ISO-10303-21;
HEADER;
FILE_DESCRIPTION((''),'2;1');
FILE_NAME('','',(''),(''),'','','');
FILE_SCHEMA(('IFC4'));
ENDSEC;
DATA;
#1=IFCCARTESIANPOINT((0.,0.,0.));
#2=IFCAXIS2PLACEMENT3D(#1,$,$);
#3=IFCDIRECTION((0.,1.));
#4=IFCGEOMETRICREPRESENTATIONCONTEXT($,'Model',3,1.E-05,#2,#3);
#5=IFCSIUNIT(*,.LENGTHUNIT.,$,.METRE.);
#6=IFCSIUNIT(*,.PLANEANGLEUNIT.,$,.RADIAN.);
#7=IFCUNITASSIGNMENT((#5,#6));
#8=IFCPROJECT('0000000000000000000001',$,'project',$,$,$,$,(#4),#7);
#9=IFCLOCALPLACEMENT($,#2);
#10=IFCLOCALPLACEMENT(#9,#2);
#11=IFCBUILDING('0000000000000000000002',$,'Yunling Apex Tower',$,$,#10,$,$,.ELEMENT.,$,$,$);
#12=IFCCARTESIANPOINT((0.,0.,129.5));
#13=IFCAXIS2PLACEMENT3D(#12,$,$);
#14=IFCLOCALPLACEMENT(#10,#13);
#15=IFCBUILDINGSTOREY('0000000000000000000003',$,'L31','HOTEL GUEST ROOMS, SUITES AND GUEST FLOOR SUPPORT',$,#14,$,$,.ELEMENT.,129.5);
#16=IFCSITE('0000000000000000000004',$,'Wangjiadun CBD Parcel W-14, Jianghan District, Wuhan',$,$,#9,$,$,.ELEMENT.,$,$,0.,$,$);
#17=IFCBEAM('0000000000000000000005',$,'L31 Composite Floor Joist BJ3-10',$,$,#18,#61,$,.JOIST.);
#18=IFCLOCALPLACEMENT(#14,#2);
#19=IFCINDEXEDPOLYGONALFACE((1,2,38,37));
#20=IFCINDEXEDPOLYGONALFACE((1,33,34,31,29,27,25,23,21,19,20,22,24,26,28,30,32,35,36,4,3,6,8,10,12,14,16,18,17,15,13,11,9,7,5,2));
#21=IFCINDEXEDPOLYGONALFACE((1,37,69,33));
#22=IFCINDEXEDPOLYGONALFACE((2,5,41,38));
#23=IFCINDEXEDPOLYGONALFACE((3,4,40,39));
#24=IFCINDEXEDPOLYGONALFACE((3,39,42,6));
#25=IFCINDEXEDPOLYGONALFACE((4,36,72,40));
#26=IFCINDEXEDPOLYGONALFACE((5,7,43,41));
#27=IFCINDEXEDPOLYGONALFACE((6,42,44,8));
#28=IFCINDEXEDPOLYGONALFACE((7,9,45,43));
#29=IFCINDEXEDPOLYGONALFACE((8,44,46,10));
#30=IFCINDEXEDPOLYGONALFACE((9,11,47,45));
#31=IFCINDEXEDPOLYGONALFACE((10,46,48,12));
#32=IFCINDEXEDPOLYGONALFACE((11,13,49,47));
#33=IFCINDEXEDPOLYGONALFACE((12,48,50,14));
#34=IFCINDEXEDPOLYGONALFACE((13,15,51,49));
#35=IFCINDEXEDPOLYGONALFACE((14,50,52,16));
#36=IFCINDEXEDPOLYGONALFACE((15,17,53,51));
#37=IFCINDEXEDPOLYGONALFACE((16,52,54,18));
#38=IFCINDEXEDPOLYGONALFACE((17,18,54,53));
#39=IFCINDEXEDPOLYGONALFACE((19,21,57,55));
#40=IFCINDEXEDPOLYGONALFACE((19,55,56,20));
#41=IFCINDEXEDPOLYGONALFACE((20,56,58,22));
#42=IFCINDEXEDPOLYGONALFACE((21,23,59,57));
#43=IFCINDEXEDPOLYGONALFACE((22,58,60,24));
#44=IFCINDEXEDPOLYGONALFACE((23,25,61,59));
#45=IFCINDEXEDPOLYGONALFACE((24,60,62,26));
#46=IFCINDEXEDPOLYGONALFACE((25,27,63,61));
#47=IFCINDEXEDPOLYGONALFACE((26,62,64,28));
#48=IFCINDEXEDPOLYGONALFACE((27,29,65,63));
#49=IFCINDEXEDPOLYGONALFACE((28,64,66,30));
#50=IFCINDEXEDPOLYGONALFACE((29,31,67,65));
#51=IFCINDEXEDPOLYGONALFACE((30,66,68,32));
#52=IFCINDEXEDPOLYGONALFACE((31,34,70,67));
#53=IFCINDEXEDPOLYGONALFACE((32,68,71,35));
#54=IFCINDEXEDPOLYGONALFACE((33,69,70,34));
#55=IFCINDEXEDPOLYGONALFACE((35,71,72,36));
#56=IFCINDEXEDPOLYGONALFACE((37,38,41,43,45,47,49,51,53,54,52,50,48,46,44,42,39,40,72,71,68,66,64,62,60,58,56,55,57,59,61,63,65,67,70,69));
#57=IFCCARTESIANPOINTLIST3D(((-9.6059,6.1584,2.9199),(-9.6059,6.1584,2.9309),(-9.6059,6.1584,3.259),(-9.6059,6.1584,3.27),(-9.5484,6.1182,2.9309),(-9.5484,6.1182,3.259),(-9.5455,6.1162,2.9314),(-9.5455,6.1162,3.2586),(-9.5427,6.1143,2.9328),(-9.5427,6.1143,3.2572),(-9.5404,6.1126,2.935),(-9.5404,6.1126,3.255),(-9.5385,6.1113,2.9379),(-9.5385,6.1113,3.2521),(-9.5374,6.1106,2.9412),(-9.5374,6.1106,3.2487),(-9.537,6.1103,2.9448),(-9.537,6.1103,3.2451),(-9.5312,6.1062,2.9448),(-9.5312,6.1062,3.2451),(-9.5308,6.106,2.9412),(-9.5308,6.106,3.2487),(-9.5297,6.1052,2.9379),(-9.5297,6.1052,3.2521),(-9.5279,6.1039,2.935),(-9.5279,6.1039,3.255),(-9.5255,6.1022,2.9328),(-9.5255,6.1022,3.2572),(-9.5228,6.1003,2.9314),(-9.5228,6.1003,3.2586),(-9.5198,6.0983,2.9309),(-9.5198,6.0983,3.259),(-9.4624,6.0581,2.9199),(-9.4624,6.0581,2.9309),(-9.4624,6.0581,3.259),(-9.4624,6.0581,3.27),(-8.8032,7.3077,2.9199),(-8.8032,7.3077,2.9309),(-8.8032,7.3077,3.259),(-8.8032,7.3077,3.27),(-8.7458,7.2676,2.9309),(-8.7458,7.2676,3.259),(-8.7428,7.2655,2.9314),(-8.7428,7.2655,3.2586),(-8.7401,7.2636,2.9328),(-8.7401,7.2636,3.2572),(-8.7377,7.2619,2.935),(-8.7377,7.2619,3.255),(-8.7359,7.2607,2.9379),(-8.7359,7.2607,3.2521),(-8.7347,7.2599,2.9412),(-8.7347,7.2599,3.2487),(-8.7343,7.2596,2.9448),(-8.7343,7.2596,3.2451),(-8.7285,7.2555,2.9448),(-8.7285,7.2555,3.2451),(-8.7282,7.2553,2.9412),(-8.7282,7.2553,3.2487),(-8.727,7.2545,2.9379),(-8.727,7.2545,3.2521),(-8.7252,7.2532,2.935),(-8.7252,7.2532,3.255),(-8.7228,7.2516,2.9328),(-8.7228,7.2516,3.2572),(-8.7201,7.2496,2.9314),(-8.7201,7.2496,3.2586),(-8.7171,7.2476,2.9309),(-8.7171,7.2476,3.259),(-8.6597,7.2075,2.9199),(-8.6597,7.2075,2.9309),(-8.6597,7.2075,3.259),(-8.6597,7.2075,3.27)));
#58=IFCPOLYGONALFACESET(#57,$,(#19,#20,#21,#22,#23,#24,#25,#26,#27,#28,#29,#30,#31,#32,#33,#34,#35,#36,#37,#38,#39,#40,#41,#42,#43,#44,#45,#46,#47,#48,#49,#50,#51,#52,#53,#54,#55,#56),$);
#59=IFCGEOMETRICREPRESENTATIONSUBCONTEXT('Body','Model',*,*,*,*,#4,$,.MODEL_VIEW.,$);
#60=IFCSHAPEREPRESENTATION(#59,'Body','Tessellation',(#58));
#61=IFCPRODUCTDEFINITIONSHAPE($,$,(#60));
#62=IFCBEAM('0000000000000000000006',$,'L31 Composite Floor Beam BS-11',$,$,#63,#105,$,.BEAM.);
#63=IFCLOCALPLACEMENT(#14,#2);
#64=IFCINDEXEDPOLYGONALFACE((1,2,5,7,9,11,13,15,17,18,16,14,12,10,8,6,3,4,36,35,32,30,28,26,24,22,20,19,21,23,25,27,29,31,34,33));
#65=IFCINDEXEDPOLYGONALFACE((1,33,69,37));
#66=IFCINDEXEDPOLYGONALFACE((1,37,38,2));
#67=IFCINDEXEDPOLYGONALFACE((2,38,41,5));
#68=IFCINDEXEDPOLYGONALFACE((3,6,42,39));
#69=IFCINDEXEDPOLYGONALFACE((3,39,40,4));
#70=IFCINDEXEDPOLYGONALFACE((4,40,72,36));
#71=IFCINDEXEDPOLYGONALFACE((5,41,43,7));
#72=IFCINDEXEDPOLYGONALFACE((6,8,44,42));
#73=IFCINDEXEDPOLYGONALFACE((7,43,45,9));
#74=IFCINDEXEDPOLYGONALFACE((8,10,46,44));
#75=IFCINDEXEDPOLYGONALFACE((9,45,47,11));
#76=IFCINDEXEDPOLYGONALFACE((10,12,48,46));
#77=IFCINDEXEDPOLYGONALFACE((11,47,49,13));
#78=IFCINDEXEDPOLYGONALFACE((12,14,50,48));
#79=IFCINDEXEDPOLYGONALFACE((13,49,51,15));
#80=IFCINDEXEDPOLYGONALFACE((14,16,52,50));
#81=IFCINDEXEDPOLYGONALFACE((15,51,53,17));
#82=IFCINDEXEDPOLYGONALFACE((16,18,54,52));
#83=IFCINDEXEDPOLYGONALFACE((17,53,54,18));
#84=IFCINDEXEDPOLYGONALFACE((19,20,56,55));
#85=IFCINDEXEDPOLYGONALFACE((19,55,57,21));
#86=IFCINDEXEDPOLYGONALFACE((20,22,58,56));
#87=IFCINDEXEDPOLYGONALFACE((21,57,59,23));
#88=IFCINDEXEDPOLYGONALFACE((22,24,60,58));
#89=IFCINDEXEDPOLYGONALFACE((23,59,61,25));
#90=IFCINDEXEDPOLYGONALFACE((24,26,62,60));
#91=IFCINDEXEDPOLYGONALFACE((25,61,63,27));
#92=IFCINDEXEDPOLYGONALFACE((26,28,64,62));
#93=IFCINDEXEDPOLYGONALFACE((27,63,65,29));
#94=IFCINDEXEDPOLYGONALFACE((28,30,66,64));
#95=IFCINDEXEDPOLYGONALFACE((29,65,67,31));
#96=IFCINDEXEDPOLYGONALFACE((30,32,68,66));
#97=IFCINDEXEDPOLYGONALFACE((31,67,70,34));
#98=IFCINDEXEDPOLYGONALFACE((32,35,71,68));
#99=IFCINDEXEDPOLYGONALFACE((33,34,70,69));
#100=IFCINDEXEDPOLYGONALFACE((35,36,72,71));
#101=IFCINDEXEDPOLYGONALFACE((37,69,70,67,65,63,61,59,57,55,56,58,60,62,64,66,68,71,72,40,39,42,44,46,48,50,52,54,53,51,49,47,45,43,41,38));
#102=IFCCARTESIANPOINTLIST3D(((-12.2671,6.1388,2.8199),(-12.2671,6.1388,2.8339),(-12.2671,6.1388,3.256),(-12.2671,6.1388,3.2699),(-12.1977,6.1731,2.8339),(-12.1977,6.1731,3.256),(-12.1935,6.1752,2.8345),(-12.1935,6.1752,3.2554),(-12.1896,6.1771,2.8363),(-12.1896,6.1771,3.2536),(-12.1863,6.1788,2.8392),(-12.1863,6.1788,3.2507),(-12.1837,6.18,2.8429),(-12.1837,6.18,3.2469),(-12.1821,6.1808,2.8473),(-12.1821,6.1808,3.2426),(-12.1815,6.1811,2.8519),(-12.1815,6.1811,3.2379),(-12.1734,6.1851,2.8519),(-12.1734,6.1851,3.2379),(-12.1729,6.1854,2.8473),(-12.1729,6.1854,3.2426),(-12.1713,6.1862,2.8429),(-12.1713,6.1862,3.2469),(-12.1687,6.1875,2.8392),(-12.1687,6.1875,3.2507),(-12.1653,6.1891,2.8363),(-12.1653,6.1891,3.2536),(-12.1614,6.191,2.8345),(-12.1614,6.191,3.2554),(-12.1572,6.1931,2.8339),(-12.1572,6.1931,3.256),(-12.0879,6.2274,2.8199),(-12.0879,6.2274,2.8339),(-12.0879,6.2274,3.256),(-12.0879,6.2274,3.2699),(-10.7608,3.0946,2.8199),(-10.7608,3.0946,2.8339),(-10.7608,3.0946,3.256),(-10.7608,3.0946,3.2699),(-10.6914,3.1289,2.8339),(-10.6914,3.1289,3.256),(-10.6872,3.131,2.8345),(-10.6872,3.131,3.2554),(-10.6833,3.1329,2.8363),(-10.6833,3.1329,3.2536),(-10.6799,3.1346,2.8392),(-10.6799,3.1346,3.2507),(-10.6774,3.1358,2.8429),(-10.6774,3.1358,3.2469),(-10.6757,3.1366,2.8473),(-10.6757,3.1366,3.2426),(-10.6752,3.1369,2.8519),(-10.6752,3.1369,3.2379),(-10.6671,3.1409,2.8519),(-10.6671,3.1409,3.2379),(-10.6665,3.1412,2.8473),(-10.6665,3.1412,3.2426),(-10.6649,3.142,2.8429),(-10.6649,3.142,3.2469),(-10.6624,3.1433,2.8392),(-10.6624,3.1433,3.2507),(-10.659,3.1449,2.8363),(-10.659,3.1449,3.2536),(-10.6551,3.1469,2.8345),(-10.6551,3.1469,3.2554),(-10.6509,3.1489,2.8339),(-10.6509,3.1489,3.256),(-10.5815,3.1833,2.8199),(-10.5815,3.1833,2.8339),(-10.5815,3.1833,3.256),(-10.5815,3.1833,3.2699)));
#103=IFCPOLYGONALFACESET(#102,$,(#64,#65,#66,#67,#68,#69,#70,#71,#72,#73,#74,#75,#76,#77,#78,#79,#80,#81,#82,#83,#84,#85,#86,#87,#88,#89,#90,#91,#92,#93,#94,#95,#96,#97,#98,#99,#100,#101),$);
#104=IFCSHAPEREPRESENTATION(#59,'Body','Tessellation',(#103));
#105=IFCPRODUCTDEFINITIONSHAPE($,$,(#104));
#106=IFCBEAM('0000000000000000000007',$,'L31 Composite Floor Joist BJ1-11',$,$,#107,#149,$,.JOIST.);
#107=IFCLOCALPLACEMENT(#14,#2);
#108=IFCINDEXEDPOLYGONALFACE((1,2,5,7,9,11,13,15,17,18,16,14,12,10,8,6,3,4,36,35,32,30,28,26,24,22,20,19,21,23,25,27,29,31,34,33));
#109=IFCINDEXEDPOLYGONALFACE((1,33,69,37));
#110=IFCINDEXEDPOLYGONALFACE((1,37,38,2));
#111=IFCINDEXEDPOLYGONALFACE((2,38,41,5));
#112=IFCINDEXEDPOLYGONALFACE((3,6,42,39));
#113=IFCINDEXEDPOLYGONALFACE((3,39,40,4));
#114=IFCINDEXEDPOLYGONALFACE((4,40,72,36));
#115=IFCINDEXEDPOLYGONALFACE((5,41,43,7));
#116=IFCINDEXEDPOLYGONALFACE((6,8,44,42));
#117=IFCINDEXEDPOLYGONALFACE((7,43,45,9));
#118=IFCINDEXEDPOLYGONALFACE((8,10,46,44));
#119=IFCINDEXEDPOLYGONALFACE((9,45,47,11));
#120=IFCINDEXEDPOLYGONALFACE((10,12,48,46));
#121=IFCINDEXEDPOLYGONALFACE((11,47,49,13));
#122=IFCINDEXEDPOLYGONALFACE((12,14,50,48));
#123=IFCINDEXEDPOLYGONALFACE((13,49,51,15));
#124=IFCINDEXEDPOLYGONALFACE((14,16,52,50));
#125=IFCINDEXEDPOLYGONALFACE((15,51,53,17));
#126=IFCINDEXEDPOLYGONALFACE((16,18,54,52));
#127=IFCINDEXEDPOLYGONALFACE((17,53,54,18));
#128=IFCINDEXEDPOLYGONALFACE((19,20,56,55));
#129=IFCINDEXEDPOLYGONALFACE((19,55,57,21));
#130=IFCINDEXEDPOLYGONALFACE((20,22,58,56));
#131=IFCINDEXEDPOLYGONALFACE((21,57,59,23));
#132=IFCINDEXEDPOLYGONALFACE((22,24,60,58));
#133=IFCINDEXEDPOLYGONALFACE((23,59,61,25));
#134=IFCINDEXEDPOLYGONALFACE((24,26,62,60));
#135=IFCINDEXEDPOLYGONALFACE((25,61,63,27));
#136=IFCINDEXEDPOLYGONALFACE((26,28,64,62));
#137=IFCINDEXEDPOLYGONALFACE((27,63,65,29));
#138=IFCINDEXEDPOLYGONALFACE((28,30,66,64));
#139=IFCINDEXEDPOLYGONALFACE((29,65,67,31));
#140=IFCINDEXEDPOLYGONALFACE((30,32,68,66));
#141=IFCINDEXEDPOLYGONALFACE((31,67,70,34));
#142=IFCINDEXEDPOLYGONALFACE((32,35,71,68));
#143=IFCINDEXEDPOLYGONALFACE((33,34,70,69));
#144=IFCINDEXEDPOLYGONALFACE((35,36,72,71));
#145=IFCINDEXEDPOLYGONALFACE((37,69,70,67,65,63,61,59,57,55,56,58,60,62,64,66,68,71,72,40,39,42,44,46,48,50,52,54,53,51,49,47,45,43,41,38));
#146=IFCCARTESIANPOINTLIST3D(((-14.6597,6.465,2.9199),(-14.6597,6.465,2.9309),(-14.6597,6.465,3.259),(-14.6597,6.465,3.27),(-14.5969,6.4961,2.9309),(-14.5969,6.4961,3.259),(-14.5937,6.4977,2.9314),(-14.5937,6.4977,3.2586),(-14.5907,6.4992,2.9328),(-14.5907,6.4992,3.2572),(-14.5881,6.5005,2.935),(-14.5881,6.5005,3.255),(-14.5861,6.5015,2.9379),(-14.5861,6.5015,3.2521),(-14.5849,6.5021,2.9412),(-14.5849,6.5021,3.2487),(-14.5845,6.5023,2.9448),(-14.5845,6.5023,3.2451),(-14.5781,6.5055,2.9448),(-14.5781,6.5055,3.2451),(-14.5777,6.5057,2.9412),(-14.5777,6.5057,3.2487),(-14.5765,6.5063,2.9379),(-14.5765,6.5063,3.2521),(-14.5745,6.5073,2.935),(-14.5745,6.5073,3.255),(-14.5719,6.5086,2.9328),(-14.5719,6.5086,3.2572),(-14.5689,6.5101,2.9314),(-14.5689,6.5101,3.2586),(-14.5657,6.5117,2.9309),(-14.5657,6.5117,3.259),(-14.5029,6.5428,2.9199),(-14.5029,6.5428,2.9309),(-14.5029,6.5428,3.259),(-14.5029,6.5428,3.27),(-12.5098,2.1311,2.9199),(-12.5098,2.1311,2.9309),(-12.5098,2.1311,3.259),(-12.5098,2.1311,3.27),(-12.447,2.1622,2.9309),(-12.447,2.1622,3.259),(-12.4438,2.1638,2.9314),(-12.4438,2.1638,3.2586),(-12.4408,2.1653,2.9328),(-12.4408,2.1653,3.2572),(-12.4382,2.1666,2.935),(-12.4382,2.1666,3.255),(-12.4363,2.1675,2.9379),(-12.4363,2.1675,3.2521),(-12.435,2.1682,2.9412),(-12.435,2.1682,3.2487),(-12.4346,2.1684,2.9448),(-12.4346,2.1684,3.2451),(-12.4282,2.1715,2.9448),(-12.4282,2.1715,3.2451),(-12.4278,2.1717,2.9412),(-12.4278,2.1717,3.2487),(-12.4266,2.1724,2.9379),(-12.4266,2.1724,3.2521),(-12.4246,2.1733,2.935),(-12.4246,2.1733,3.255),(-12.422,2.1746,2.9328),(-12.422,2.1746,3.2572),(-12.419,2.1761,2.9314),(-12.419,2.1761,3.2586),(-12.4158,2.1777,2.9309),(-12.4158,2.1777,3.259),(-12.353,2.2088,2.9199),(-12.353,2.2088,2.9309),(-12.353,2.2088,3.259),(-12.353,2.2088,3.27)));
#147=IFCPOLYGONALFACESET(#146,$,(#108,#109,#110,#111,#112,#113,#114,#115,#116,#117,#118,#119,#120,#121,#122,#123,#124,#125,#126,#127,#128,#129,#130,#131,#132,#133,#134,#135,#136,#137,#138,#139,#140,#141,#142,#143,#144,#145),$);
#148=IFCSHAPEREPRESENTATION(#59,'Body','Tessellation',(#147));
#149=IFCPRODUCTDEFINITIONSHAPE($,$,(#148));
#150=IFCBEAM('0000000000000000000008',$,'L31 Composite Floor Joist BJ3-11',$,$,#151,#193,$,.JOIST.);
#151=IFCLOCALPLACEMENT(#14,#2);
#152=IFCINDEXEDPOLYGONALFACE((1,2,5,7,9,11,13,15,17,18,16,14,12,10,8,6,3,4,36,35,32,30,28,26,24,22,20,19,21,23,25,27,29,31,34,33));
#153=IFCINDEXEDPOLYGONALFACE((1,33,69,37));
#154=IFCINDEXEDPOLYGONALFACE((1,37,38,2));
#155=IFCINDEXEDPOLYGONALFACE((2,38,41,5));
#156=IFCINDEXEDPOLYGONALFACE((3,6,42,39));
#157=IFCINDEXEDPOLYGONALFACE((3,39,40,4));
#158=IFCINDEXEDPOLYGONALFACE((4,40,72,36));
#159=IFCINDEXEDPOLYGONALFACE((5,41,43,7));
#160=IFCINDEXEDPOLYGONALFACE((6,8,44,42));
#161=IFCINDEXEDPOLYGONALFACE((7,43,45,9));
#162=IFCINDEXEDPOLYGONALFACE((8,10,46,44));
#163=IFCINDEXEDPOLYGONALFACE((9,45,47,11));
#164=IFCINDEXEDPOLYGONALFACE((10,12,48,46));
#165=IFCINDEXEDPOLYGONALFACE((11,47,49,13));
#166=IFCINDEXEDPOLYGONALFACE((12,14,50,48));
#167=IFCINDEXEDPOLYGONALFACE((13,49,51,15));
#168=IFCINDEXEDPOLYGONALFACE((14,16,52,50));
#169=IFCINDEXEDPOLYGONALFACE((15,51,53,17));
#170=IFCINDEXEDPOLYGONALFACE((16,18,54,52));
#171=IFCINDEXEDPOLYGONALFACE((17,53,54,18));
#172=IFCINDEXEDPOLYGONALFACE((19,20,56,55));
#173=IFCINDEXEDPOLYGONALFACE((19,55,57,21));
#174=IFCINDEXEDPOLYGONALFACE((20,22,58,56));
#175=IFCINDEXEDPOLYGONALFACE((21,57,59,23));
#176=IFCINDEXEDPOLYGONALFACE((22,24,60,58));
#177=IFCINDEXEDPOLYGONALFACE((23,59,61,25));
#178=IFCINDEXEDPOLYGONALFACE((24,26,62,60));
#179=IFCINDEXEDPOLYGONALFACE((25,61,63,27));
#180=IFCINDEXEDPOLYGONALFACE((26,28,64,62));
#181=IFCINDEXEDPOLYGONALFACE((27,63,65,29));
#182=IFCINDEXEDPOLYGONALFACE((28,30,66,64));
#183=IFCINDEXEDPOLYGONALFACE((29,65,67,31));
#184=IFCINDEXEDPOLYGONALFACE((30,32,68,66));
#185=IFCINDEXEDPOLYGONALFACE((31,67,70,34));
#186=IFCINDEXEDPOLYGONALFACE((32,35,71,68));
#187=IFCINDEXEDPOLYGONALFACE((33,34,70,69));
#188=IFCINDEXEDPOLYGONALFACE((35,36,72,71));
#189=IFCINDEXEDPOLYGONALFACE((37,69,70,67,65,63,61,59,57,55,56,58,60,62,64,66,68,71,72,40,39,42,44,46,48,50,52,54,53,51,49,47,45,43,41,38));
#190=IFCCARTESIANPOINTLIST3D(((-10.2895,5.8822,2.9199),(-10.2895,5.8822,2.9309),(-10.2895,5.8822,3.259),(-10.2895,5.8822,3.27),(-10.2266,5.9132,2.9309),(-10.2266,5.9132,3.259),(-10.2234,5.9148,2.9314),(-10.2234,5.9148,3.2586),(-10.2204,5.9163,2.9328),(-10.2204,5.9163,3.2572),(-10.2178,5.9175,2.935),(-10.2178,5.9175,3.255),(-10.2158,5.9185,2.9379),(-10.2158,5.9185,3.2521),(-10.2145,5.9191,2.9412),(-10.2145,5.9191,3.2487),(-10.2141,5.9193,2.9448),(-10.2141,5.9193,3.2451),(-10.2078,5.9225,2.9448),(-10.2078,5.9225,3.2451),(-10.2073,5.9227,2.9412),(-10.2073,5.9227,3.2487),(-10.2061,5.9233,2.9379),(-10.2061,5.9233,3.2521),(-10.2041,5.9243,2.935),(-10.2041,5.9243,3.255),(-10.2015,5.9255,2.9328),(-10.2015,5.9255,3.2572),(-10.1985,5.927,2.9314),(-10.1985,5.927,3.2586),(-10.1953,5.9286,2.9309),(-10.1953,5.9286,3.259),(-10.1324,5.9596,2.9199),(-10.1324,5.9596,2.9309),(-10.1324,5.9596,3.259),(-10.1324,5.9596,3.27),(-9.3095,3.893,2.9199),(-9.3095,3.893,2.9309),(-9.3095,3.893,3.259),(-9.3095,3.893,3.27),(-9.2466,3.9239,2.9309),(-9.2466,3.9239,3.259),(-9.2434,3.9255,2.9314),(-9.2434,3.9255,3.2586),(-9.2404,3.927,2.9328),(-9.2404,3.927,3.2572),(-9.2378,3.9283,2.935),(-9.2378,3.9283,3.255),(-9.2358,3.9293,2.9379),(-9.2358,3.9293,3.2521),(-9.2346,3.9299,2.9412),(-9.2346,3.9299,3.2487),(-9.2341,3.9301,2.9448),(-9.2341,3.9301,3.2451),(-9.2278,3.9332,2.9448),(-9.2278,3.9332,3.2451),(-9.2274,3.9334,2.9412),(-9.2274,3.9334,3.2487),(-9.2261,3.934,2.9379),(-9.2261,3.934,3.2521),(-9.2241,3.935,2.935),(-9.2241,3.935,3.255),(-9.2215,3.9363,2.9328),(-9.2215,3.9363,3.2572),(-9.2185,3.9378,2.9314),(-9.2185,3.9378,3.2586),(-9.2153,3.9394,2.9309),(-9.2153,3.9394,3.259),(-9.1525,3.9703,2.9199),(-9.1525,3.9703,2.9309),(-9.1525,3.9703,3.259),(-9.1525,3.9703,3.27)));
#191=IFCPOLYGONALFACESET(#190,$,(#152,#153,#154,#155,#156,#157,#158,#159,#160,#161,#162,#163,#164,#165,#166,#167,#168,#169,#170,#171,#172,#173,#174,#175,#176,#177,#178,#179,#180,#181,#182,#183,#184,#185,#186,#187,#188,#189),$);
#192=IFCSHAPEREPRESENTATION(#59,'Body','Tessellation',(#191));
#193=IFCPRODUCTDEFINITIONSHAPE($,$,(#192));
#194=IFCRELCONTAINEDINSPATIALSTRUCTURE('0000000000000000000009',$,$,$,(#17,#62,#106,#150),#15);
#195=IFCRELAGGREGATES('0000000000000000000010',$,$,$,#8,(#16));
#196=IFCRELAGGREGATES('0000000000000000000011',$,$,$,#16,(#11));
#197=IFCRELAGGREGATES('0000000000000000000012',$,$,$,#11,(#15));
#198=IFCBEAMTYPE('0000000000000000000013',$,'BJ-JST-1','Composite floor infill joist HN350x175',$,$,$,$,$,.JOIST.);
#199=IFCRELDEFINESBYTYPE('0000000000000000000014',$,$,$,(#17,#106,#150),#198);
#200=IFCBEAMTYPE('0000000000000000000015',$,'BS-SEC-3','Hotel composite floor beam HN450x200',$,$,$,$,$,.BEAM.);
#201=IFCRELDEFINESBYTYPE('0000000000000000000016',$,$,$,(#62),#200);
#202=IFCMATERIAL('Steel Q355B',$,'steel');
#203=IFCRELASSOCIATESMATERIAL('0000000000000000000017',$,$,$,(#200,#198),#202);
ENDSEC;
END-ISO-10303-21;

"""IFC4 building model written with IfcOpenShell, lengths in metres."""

from ifc_helpers import new_model, si_unit, direction, frame, origin, origin_2d, place, context, subcontext, project, spatial, i_section, extrude, source, transform, mapped, material, material_profile, profile_set, type_object, element, save


model = new_model("IFC4")

# Units and contexts
model_context = context("Model", 3, precision=1e-05, world=origin(), true_north=direction((0.0, 1.0)))
body_context = subcontext(model_context, "Body", "Model", "MODEL_VIEW")
ifc_project = project(units=[si_unit("LENGTHUNIT", "METRE"), si_unit("PLANEANGLEUNIT", "RADIAN")], contexts=[model_context])

# Site, building, storey
site_placement = place(None, origin())
site = spatial("IfcSite", under=ifc_project, at=site_placement, Name="Wangjiadun CBD Parcel W-14, Jianghan District, Wuhan", CompositionType="ELEMENT", RefElevation=0.0)
building_placement = place(site_placement, origin())
building = spatial("IfcBuilding", under=site, at=building_placement, Name="Yunling Apex Tower", CompositionType="ELEMENT")
storey_placement = place(building_placement, frame((0.0, 0.0, 129.5)))
storey = spatial("IfcBuildingStorey", under=building, at=storey_placement, Name="L31", Description="HOTEL GUEST ROOMS, SUITES AND GUEST FLOOR SUPPORT", CompositionType="ELEMENT", Elevation=129.5)

# Beams
ifc_material_1 = material(Name="Steel Q355B", Category="steel")
ifc_material_profile_1 = material_profile(ifc_material_1, i_section(OverallWidth=0.2, OverallDepth=0.45, WebThickness=0.009, FlangeThickness=0.0139, FilletRadius=0.0181, at=origin_2d()))
ifc_profile_set_1 = profile_set([ifc_material_profile_1], Name="Steel Q355B")
beam_type_1 = type_object("IfcBeamType", Name="BS-SEC-3", Description="Hotel composite floor beam HN450x200", PredefinedType="BEAM", material=ifc_profile_set_1)
ifc_material_profile_2 = material_profile(ifc_material_1, i_section(OverallWidth=0.175, OverallDepth=0.3501, WebThickness=0.0071, FlangeThickness=0.011, FilletRadius=0.0139, at=origin_2d()))
ifc_profile_set_2 = profile_set([ifc_material_profile_2], Name="Steel Q355B")
beam_type_2 = type_object("IfcBeamType", Name="BJ-JST-1", Description="Composite floor infill joist HN350x175", PredefinedType="JOIST", material=ifc_profile_set_2)
shared_shape_1 = source(origin(), body_context, "Body", "SweptSolid", [
    extrude(i_section(OverallWidth=0.175, OverallDepth=0.3501, WebThickness=0.0071, FlangeThickness=0.011, FilletRadius=0.0139, at=origin_2d()), origin(), (0.0, 0.0, 1.0), 1.4019),
])
beam_1_placement = place(storey_placement, frame((-8.7314, 7.2576, 3.095), z_axis=(-0.572574, -0.819853, 0.0), x_axis=(0.819853, -0.572574, 0.0)))
element("IfcBeam", 1, at=beam_1_placement, inside=storey, type_object=beam_type_2, Name="L31 Composite Floor Joist BJ3-10", PredefinedType="JOIST", context=body_context, shape_type="MappedRepresentation", body=[
    mapped(shared_shape_1, transform((0.0, 0.0, 0.0), scale=1.0)),
])
shared_shape_2 = source(origin(), body_context, "Body", "SweptSolid", [
    extrude(i_section(OverallWidth=0.2, OverallDepth=0.45, WebThickness=0.009, FlangeThickness=0.0139, FilletRadius=0.0181, at=origin_2d()), origin(), (0.0, 0.0, 1.0), 3.3965),
])
beam_2_placement = place(storey_placement, frame((-12.1775, 6.1831, 3.0449), z_axis=(0.443501, -0.896274, 0.0), x_axis=(0.896274, 0.443501, 0.0)))
element("IfcBeam", 2, at=beam_2_placement, inside=storey, type_object=beam_type_1, Name="L31 Composite Floor Beam BS-11", PredefinedType="BEAM", context=body_context, shape_type="MappedRepresentation", body=[
    mapped(shared_shape_2, transform((0.0, 0.0, 0.0), scale=1.0)),
])
shared_shape_3 = source(origin(), body_context, "Body", "SweptSolid", [
    extrude(i_section(OverallWidth=0.175, OverallDepth=0.3501, WebThickness=0.0071, FlangeThickness=0.011, FilletRadius=0.0139, at=origin_2d()), origin(), (0.0, 0.0, 1.0), 4.8379),
])
beam_3_placement = place(storey_placement, frame((-14.5813, 6.5039, 3.095), z_axis=(0.444385, -0.895836, 0.0), x_axis=(0.895836, 0.444385, 0.0)))
element("IfcBeam", 3, at=beam_3_placement, inside=storey, type_object=beam_type_2, Name="L31 Composite Floor Joist BJ1-11", PredefinedType="JOIST", context=body_context, shape_type="MappedRepresentation", body=[
    mapped(shared_shape_3, transform((0.0, 0.0, 0.0), scale=1.0)),
])
shared_shape_4 = source(origin(), body_context, "Body", "SweptSolid", [
    extrude(i_section(OverallWidth=0.175, OverallDepth=0.3501, WebThickness=0.0071, FlangeThickness=0.011, FilletRadius=0.0139, at=origin_2d()), origin(), (0.0, 0.0, 1.0), 2.2175),
])
beam_4_placement = place(storey_placement, frame((-10.2109, 5.9209, 3.095), z_axis=(0.441921, -0.897054, 0.0), x_axis=(0.897054, 0.441921, 0.0)))
element("IfcBeam", 4, at=beam_4_placement, inside=storey, type_object=beam_type_2, Name="L31 Composite Floor Joist BJ3-11", PredefinedType="JOIST", context=body_context, shape_type="MappedRepresentation", body=[
    mapped(shared_shape_4, transform((0.0, 0.0, 0.0), scale=1.0)),
])

save(model, "model.ifc")
